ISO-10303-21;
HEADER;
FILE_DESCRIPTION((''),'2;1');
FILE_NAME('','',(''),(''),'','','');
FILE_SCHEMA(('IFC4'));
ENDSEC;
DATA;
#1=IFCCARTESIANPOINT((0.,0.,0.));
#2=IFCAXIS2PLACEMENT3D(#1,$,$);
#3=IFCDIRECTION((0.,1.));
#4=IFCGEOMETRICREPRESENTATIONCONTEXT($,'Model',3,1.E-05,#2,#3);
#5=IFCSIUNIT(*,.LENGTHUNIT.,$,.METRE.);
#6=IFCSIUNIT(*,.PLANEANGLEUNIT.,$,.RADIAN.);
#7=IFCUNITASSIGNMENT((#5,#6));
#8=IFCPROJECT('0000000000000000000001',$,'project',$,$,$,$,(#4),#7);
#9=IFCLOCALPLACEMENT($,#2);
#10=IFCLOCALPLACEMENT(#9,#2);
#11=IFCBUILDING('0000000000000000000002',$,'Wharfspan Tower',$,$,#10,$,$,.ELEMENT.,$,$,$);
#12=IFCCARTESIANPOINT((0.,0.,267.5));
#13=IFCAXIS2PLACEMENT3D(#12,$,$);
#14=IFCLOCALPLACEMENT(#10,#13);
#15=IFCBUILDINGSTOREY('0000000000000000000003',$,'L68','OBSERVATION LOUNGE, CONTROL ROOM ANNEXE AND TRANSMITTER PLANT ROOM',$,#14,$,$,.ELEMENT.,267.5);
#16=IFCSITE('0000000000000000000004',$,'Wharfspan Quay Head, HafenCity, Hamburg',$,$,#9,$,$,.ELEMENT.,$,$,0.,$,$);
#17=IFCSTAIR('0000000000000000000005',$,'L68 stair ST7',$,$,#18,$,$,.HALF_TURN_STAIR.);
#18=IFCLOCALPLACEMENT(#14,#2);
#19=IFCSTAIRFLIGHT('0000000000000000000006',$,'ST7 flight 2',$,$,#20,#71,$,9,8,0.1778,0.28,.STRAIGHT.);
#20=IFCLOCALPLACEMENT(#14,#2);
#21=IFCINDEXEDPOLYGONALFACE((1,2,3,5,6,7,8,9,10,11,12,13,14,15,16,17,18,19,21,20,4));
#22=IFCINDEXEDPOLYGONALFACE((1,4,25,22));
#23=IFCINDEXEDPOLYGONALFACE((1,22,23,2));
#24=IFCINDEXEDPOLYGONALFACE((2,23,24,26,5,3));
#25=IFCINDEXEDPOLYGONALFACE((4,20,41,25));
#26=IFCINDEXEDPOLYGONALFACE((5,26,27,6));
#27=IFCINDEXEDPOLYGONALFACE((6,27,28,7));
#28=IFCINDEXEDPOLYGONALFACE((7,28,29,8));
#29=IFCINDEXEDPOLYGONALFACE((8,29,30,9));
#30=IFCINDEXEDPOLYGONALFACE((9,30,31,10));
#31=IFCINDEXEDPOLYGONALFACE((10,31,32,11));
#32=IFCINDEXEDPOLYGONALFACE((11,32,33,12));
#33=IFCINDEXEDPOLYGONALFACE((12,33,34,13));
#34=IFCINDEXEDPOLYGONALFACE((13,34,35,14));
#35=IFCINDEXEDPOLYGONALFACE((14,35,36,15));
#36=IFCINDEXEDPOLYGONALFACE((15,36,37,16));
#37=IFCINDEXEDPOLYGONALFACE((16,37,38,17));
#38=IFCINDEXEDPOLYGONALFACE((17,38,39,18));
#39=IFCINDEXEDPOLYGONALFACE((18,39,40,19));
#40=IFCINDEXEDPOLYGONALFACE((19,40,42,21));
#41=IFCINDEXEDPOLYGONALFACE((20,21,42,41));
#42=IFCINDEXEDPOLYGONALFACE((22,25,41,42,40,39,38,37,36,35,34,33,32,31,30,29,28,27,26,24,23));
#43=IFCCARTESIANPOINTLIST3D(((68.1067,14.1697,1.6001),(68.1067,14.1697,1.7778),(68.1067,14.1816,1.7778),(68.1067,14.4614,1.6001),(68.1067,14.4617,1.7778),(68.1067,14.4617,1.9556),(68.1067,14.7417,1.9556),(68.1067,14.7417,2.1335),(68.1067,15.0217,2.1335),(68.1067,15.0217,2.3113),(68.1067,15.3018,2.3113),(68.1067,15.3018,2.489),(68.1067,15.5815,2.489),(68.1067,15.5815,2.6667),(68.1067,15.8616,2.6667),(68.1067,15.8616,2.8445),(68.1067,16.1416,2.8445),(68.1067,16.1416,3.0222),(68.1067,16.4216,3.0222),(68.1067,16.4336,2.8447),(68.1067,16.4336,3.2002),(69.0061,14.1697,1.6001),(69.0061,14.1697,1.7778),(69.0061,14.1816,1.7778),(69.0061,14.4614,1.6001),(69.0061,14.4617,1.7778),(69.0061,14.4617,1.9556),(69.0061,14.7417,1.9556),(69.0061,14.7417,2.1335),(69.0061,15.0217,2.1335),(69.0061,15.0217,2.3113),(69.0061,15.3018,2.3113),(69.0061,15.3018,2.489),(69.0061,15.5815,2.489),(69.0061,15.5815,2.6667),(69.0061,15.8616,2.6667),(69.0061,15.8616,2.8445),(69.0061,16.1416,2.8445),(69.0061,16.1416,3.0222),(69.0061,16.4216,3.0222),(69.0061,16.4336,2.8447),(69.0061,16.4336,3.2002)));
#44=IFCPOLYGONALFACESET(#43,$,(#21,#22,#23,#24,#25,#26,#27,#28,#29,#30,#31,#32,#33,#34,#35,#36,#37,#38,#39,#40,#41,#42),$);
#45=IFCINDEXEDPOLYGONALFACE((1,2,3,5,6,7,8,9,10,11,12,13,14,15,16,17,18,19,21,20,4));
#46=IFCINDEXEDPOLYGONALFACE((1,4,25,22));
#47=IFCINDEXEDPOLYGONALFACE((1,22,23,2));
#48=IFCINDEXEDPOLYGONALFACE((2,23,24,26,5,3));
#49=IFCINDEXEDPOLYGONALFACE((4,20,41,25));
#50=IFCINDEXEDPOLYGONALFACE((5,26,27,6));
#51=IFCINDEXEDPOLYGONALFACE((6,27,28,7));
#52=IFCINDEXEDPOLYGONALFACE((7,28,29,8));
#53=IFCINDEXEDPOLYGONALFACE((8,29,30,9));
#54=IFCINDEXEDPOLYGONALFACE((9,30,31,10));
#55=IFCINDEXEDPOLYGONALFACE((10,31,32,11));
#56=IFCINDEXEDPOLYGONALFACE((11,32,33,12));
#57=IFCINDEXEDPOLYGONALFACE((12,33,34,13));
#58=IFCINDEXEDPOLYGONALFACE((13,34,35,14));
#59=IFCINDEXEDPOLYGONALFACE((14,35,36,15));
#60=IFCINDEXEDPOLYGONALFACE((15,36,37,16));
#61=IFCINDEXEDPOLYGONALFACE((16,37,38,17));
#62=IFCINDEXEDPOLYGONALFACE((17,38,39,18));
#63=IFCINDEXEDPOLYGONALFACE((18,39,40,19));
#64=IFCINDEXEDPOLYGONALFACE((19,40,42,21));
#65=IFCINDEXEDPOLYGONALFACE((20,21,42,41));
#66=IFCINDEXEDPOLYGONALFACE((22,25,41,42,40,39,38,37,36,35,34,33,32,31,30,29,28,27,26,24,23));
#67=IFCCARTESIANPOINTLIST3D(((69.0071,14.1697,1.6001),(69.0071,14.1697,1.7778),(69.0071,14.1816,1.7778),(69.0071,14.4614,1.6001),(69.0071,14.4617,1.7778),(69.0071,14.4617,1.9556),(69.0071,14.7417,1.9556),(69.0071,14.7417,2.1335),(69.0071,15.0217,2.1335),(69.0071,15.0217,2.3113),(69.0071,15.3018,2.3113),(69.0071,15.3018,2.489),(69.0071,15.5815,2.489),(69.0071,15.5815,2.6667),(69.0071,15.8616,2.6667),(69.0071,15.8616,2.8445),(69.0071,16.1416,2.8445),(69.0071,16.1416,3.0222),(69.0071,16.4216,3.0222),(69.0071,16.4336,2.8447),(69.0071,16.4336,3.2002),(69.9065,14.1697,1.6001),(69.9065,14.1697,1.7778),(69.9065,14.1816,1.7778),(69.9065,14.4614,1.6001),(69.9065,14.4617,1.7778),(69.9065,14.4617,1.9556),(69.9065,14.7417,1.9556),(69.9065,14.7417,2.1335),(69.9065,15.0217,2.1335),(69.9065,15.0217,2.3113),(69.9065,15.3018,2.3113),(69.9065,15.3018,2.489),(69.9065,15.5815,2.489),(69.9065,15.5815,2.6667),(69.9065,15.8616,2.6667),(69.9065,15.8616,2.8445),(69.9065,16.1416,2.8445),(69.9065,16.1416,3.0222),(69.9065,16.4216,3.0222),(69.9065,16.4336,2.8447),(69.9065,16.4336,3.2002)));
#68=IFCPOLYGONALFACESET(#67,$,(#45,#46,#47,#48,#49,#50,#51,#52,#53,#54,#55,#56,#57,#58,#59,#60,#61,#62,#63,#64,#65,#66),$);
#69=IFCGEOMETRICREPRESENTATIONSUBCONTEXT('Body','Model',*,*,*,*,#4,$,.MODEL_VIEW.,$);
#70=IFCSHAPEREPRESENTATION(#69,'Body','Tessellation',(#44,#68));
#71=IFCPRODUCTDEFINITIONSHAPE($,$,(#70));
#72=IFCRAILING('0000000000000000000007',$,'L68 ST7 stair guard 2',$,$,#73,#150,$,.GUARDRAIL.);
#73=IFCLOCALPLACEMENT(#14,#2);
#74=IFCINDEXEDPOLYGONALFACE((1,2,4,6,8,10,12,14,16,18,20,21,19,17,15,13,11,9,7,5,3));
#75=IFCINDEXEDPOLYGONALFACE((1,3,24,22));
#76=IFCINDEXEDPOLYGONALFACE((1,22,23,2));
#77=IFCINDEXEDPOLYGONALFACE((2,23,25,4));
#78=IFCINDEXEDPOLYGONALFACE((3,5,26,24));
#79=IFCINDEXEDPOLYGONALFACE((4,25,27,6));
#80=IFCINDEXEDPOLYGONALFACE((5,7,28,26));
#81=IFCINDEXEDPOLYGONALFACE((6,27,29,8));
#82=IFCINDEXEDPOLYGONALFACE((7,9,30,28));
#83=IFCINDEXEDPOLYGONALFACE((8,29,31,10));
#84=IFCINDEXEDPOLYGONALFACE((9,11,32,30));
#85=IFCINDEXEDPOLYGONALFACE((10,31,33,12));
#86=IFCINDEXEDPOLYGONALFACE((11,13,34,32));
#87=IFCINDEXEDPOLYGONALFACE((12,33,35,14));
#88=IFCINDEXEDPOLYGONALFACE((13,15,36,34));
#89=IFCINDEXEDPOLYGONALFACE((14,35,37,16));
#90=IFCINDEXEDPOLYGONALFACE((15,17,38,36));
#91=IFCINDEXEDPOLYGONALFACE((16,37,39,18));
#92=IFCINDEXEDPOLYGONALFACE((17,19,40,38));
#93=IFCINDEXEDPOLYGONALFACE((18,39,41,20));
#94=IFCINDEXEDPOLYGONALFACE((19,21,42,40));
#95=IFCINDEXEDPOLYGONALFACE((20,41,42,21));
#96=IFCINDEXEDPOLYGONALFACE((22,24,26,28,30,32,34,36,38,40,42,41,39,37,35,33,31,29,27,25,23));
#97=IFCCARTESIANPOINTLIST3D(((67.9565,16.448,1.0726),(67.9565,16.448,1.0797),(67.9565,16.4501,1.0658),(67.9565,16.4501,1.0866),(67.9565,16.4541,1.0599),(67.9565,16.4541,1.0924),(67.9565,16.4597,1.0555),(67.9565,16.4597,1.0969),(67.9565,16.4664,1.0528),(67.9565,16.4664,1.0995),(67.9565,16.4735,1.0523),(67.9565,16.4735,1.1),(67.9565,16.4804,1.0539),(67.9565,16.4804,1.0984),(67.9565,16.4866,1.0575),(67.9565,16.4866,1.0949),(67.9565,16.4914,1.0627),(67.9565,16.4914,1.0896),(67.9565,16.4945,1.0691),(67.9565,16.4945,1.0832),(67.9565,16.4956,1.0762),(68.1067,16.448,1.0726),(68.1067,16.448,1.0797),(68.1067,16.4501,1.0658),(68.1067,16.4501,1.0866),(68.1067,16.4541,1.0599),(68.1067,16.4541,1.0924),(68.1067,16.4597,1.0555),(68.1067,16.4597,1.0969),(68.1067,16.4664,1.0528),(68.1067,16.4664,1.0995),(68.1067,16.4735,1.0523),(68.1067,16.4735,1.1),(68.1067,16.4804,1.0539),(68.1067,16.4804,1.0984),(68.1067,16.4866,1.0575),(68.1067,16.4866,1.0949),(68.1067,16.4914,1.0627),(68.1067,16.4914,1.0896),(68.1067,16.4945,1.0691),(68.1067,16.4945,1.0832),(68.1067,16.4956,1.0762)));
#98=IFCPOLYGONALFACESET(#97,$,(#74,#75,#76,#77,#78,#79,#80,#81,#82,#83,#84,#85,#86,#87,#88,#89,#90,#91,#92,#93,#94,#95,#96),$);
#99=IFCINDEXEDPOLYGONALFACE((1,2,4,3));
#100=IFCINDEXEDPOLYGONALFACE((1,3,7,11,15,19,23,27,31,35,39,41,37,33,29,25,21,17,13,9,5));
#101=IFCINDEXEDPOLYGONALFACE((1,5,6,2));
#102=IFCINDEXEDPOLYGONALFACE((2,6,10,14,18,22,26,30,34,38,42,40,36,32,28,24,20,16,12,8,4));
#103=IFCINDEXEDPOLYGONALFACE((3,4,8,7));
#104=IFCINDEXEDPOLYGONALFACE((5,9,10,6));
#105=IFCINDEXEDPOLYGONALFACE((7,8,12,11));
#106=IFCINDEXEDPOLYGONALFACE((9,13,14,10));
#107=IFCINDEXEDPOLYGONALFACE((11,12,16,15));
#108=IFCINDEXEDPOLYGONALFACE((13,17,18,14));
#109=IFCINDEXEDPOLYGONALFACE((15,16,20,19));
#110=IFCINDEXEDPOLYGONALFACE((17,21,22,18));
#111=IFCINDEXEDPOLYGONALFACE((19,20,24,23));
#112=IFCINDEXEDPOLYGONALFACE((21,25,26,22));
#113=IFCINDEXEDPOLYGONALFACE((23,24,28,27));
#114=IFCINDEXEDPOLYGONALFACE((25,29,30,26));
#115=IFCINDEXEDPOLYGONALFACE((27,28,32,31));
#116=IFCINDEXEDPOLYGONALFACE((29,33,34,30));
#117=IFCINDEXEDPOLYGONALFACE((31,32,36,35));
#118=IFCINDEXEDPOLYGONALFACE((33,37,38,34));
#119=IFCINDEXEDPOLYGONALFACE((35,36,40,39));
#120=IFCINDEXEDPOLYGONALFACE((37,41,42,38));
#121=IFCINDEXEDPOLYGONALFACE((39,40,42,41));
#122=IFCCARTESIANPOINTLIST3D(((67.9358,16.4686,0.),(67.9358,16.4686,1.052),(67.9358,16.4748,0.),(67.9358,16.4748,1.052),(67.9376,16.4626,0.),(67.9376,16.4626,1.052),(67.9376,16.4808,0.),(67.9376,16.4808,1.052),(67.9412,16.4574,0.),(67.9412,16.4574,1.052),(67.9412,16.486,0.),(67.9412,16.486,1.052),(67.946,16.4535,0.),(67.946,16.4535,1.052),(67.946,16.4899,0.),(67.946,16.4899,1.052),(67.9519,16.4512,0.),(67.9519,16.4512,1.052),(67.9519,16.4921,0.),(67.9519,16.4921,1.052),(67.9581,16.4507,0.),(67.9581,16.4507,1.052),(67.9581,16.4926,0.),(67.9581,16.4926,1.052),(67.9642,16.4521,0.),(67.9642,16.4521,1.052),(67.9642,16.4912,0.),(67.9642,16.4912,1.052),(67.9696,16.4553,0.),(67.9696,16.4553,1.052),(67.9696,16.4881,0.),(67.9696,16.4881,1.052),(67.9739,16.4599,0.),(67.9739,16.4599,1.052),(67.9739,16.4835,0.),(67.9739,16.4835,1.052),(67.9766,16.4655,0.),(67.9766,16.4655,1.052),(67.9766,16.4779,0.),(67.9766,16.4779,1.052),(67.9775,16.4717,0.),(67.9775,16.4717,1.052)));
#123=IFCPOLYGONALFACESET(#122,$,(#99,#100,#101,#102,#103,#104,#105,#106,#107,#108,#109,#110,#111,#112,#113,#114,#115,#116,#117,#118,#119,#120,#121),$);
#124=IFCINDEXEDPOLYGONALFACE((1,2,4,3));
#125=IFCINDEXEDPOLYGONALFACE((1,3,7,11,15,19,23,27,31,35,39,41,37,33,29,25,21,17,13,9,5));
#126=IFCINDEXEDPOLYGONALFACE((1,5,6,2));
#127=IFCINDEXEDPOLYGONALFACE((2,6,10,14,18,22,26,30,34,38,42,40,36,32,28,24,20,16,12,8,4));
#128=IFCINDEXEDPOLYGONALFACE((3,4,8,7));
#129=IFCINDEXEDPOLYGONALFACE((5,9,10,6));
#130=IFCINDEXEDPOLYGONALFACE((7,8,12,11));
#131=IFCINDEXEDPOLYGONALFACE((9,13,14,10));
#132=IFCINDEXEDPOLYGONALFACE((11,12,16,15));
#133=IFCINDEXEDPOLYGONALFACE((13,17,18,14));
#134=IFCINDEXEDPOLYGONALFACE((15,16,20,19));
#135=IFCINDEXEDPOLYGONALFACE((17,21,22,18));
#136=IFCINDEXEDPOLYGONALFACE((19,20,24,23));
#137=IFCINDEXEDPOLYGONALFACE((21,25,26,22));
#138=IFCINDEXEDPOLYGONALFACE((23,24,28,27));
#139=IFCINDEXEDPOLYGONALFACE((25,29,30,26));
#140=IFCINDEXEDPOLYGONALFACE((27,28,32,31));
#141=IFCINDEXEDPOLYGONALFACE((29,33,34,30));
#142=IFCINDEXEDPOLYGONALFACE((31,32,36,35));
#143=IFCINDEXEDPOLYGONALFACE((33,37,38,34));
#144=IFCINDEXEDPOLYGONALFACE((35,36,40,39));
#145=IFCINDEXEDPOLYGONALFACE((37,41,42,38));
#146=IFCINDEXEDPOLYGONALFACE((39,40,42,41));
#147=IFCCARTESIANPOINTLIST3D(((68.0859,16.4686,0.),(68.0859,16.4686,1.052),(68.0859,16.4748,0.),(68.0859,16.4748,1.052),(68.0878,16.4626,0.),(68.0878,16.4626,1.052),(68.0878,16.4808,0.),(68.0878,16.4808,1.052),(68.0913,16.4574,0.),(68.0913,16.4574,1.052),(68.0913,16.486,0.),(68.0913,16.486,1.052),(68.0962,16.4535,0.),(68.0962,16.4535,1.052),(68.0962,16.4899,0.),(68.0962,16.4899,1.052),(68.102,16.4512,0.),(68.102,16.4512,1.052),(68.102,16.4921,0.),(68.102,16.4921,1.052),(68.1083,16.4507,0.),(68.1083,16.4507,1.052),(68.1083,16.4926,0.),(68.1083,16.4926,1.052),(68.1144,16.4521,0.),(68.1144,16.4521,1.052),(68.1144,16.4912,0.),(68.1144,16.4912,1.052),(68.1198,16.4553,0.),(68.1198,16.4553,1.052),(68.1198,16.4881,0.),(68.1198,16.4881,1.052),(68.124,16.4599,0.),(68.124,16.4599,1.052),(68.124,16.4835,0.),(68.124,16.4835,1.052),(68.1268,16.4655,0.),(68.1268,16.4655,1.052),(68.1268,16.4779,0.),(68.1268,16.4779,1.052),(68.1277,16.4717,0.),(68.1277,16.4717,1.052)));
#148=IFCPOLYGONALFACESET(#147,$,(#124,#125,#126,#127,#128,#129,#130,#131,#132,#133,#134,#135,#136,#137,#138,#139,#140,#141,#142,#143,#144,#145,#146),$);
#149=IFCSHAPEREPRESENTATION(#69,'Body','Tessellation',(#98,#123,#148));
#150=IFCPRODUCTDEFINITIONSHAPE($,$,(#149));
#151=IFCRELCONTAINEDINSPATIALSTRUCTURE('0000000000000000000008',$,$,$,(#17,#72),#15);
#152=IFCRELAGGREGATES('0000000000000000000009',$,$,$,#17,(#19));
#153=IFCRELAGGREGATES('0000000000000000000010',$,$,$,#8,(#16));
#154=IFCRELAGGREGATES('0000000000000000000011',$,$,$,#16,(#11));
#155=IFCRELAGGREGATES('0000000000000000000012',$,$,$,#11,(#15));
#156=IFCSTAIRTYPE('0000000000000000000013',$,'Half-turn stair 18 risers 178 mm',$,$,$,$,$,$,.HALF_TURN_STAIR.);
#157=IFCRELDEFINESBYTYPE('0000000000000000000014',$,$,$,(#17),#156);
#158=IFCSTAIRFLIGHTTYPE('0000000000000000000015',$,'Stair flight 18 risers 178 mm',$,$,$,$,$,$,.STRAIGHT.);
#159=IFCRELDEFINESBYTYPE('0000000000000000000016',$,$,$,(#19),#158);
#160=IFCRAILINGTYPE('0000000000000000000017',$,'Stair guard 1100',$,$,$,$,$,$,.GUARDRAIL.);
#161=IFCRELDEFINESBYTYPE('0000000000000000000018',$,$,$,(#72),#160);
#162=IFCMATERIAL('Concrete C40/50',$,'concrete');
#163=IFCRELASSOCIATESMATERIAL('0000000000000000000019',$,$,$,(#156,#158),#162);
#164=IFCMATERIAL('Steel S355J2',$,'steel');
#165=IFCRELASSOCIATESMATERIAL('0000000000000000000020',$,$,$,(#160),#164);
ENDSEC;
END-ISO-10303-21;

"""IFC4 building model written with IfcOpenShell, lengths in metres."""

from ifc_helpers import new_model, si_unit, direction, frame, origin, origin_2d, place, context, subcontext, project, spatial, polyline, circle, outline, extrude, material, type_object, element, aggregate, save


model = new_model("IFC4")

# Units and contexts
model_context = context("Model", 3, precision=1e-05, world=origin(), true_north=direction((0.0, 1.0)))
body_context = subcontext(model_context, "Body", "Model", "MODEL_VIEW")
ifc_project = project(units=[si_unit("LENGTHUNIT", "METRE"), si_unit("PLANEANGLEUNIT", "RADIAN")], contexts=[model_context])

# Site, building, storey
site_placement = place(None, origin())
site = spatial("IfcSite", under=ifc_project, at=site_placement, Name="Wharfspan Quay Head, HafenCity, Hamburg", CompositionType="ELEMENT", RefElevation=0.0)
building_placement = place(site_placement, origin())
building = spatial("IfcBuilding", under=site, at=building_placement, Name="Wharfspan Tower", CompositionType="ELEMENT")
storey_placement = place(building_placement, frame((0.0, 0.0, 267.5)))
storey = spatial("IfcBuildingStorey", under=building, at=storey_placement, Name="L68", Description="OBSERVATION LOUNGE, CONTROL ROOM ANNEXE AND TRANSMITTER PLANT ROOM", CompositionType="ELEMENT", Elevation=267.5)

# Shared definitions
ifc_material_1 = material(Name="Steel S355J2", Category="steel")

# Shared definitions
ifc_material_2 = material(Name="Concrete C40/50", Category="concrete")

# Stair, stair flight
stair_type = type_object("IfcStairType", Name="Half-turn stair 18 risers 178 mm", PredefinedType="HALF_TURN_STAIR", material=ifc_material_2)
stair_placement = place(storey_placement, origin())
stair = element("IfcStair", 1, at=stair_placement, inside=storey, type_object=stair_type, Name="L68 stair ST7", PredefinedType="HALF_TURN_STAIR")
stair_flight_type = type_object("IfcStairFlightType", Name="Stair flight 18 risers 178 mm", PredefinedType="STRAIGHT", material=ifc_material_2)
stair_flight_placement = place(storey_placement, frame((69.0066, 14.1816, 1.6001), z_axis=(0.0, 0.0, 1.0), x_axis=(0.0, 1.0, 0.0)))
stair_flight = element("IfcStairFlight", 2, at=stair_flight_placement, type_object=stair_flight_type, Name="ST7 flight 2", NumberOfRisers=9, NumberOfTreads=8, PredefinedType="STRAIGHT", RiserHeight=0.1778, TreadLength=0.28, context=body_context, shape_type="SweptSolid", body=[
    extrude(outline(polyline([(-0.012, 0.0), (-0.012, 0.1777), (0.0, 0.1777), (0.28, 0.1777), (0.28, 0.3555), (0.5601, 0.3555), (0.5601, 0.5334), (0.8401, 0.5334), (0.8401, 0.7112), (1.1201, 0.7112), (1.1201, 0.8889), (1.3999, 0.8889), (1.3999, 1.0667), (1.6799, 1.0667), (1.6799, 1.2444), (1.96, 1.2444), (1.96, 1.4221), (2.24, 1.4221), (2.252, 1.6001), (2.252, 1.2446), (0.2798, 0.0), (-0.012, 0.0)])), frame((0.0, 0.8999, 0.0), z_axis=(0.0, -1.0, 0.0), x_axis=(1.0, 0.0, 0.0)), (0.0, 0.0, 1.0), 0.8994),
    extrude(outline(polyline([(-0.012, 0.0), (-0.012, 0.1777), (0.0, 0.1777), (0.28, 0.1777), (0.28, 0.3555), (0.5601, 0.3555), (0.5601, 0.5334), (0.8401, 0.5334), (0.8401, 0.7112), (1.1201, 0.7112), (1.1201, 0.8889), (1.3999, 0.8889), (1.3999, 1.0667), (1.6799, 1.0667), (1.6799, 1.2444), (1.96, 1.2444), (1.96, 1.4221), (2.24, 1.4221), (2.252, 1.6001), (2.252, 1.2446), (0.2798, 0.0), (-0.012, 0.0)])), frame((0.0, -0.0005, 0.0), z_axis=(0.0, -1.0, 0.0), x_axis=(1.0, 0.0, 0.0)), (0.0, 0.0, 1.0), 0.8994),
])
aggregate(stair, [stair_flight])

# Railing
railing_type_1 = type_object("IfcRailingType", Name="Stair guard 1100", PredefinedType="GUARDRAIL", material=ifc_material_1)
railing_1_placement = place(storey_placement, frame((67.9565, 16.4717, 0.0)))
element("IfcRailing", 3, at=railing_1_placement, inside=storey, type_object=railing_type_1, Name="L68 ST7 stair guard 2", PredefinedType="GUARDRAIL", context=body_context, shape_type="SweptSolid", body=[
    extrude(circle(Radius=0.0239, at=origin_2d()), frame((0.0, 0.0, 1.0762), z_axis=(1.0, 0.0, 0.0), x_axis=(0.0, 1.0, 0.0)), (0.0, 0.0, 1.0), 0.1501),
    extrude(circle(Radius=0.021, at=origin_2d()), origin(), (0.0, 0.0, 1.0), 1.052),
    extrude(circle(Radius=0.021, at=origin_2d()), frame((0.1501, 0.0, 0.0)), (0.0, 0.0, 1.0), 1.052),
])

save(model, "model.ifc")
